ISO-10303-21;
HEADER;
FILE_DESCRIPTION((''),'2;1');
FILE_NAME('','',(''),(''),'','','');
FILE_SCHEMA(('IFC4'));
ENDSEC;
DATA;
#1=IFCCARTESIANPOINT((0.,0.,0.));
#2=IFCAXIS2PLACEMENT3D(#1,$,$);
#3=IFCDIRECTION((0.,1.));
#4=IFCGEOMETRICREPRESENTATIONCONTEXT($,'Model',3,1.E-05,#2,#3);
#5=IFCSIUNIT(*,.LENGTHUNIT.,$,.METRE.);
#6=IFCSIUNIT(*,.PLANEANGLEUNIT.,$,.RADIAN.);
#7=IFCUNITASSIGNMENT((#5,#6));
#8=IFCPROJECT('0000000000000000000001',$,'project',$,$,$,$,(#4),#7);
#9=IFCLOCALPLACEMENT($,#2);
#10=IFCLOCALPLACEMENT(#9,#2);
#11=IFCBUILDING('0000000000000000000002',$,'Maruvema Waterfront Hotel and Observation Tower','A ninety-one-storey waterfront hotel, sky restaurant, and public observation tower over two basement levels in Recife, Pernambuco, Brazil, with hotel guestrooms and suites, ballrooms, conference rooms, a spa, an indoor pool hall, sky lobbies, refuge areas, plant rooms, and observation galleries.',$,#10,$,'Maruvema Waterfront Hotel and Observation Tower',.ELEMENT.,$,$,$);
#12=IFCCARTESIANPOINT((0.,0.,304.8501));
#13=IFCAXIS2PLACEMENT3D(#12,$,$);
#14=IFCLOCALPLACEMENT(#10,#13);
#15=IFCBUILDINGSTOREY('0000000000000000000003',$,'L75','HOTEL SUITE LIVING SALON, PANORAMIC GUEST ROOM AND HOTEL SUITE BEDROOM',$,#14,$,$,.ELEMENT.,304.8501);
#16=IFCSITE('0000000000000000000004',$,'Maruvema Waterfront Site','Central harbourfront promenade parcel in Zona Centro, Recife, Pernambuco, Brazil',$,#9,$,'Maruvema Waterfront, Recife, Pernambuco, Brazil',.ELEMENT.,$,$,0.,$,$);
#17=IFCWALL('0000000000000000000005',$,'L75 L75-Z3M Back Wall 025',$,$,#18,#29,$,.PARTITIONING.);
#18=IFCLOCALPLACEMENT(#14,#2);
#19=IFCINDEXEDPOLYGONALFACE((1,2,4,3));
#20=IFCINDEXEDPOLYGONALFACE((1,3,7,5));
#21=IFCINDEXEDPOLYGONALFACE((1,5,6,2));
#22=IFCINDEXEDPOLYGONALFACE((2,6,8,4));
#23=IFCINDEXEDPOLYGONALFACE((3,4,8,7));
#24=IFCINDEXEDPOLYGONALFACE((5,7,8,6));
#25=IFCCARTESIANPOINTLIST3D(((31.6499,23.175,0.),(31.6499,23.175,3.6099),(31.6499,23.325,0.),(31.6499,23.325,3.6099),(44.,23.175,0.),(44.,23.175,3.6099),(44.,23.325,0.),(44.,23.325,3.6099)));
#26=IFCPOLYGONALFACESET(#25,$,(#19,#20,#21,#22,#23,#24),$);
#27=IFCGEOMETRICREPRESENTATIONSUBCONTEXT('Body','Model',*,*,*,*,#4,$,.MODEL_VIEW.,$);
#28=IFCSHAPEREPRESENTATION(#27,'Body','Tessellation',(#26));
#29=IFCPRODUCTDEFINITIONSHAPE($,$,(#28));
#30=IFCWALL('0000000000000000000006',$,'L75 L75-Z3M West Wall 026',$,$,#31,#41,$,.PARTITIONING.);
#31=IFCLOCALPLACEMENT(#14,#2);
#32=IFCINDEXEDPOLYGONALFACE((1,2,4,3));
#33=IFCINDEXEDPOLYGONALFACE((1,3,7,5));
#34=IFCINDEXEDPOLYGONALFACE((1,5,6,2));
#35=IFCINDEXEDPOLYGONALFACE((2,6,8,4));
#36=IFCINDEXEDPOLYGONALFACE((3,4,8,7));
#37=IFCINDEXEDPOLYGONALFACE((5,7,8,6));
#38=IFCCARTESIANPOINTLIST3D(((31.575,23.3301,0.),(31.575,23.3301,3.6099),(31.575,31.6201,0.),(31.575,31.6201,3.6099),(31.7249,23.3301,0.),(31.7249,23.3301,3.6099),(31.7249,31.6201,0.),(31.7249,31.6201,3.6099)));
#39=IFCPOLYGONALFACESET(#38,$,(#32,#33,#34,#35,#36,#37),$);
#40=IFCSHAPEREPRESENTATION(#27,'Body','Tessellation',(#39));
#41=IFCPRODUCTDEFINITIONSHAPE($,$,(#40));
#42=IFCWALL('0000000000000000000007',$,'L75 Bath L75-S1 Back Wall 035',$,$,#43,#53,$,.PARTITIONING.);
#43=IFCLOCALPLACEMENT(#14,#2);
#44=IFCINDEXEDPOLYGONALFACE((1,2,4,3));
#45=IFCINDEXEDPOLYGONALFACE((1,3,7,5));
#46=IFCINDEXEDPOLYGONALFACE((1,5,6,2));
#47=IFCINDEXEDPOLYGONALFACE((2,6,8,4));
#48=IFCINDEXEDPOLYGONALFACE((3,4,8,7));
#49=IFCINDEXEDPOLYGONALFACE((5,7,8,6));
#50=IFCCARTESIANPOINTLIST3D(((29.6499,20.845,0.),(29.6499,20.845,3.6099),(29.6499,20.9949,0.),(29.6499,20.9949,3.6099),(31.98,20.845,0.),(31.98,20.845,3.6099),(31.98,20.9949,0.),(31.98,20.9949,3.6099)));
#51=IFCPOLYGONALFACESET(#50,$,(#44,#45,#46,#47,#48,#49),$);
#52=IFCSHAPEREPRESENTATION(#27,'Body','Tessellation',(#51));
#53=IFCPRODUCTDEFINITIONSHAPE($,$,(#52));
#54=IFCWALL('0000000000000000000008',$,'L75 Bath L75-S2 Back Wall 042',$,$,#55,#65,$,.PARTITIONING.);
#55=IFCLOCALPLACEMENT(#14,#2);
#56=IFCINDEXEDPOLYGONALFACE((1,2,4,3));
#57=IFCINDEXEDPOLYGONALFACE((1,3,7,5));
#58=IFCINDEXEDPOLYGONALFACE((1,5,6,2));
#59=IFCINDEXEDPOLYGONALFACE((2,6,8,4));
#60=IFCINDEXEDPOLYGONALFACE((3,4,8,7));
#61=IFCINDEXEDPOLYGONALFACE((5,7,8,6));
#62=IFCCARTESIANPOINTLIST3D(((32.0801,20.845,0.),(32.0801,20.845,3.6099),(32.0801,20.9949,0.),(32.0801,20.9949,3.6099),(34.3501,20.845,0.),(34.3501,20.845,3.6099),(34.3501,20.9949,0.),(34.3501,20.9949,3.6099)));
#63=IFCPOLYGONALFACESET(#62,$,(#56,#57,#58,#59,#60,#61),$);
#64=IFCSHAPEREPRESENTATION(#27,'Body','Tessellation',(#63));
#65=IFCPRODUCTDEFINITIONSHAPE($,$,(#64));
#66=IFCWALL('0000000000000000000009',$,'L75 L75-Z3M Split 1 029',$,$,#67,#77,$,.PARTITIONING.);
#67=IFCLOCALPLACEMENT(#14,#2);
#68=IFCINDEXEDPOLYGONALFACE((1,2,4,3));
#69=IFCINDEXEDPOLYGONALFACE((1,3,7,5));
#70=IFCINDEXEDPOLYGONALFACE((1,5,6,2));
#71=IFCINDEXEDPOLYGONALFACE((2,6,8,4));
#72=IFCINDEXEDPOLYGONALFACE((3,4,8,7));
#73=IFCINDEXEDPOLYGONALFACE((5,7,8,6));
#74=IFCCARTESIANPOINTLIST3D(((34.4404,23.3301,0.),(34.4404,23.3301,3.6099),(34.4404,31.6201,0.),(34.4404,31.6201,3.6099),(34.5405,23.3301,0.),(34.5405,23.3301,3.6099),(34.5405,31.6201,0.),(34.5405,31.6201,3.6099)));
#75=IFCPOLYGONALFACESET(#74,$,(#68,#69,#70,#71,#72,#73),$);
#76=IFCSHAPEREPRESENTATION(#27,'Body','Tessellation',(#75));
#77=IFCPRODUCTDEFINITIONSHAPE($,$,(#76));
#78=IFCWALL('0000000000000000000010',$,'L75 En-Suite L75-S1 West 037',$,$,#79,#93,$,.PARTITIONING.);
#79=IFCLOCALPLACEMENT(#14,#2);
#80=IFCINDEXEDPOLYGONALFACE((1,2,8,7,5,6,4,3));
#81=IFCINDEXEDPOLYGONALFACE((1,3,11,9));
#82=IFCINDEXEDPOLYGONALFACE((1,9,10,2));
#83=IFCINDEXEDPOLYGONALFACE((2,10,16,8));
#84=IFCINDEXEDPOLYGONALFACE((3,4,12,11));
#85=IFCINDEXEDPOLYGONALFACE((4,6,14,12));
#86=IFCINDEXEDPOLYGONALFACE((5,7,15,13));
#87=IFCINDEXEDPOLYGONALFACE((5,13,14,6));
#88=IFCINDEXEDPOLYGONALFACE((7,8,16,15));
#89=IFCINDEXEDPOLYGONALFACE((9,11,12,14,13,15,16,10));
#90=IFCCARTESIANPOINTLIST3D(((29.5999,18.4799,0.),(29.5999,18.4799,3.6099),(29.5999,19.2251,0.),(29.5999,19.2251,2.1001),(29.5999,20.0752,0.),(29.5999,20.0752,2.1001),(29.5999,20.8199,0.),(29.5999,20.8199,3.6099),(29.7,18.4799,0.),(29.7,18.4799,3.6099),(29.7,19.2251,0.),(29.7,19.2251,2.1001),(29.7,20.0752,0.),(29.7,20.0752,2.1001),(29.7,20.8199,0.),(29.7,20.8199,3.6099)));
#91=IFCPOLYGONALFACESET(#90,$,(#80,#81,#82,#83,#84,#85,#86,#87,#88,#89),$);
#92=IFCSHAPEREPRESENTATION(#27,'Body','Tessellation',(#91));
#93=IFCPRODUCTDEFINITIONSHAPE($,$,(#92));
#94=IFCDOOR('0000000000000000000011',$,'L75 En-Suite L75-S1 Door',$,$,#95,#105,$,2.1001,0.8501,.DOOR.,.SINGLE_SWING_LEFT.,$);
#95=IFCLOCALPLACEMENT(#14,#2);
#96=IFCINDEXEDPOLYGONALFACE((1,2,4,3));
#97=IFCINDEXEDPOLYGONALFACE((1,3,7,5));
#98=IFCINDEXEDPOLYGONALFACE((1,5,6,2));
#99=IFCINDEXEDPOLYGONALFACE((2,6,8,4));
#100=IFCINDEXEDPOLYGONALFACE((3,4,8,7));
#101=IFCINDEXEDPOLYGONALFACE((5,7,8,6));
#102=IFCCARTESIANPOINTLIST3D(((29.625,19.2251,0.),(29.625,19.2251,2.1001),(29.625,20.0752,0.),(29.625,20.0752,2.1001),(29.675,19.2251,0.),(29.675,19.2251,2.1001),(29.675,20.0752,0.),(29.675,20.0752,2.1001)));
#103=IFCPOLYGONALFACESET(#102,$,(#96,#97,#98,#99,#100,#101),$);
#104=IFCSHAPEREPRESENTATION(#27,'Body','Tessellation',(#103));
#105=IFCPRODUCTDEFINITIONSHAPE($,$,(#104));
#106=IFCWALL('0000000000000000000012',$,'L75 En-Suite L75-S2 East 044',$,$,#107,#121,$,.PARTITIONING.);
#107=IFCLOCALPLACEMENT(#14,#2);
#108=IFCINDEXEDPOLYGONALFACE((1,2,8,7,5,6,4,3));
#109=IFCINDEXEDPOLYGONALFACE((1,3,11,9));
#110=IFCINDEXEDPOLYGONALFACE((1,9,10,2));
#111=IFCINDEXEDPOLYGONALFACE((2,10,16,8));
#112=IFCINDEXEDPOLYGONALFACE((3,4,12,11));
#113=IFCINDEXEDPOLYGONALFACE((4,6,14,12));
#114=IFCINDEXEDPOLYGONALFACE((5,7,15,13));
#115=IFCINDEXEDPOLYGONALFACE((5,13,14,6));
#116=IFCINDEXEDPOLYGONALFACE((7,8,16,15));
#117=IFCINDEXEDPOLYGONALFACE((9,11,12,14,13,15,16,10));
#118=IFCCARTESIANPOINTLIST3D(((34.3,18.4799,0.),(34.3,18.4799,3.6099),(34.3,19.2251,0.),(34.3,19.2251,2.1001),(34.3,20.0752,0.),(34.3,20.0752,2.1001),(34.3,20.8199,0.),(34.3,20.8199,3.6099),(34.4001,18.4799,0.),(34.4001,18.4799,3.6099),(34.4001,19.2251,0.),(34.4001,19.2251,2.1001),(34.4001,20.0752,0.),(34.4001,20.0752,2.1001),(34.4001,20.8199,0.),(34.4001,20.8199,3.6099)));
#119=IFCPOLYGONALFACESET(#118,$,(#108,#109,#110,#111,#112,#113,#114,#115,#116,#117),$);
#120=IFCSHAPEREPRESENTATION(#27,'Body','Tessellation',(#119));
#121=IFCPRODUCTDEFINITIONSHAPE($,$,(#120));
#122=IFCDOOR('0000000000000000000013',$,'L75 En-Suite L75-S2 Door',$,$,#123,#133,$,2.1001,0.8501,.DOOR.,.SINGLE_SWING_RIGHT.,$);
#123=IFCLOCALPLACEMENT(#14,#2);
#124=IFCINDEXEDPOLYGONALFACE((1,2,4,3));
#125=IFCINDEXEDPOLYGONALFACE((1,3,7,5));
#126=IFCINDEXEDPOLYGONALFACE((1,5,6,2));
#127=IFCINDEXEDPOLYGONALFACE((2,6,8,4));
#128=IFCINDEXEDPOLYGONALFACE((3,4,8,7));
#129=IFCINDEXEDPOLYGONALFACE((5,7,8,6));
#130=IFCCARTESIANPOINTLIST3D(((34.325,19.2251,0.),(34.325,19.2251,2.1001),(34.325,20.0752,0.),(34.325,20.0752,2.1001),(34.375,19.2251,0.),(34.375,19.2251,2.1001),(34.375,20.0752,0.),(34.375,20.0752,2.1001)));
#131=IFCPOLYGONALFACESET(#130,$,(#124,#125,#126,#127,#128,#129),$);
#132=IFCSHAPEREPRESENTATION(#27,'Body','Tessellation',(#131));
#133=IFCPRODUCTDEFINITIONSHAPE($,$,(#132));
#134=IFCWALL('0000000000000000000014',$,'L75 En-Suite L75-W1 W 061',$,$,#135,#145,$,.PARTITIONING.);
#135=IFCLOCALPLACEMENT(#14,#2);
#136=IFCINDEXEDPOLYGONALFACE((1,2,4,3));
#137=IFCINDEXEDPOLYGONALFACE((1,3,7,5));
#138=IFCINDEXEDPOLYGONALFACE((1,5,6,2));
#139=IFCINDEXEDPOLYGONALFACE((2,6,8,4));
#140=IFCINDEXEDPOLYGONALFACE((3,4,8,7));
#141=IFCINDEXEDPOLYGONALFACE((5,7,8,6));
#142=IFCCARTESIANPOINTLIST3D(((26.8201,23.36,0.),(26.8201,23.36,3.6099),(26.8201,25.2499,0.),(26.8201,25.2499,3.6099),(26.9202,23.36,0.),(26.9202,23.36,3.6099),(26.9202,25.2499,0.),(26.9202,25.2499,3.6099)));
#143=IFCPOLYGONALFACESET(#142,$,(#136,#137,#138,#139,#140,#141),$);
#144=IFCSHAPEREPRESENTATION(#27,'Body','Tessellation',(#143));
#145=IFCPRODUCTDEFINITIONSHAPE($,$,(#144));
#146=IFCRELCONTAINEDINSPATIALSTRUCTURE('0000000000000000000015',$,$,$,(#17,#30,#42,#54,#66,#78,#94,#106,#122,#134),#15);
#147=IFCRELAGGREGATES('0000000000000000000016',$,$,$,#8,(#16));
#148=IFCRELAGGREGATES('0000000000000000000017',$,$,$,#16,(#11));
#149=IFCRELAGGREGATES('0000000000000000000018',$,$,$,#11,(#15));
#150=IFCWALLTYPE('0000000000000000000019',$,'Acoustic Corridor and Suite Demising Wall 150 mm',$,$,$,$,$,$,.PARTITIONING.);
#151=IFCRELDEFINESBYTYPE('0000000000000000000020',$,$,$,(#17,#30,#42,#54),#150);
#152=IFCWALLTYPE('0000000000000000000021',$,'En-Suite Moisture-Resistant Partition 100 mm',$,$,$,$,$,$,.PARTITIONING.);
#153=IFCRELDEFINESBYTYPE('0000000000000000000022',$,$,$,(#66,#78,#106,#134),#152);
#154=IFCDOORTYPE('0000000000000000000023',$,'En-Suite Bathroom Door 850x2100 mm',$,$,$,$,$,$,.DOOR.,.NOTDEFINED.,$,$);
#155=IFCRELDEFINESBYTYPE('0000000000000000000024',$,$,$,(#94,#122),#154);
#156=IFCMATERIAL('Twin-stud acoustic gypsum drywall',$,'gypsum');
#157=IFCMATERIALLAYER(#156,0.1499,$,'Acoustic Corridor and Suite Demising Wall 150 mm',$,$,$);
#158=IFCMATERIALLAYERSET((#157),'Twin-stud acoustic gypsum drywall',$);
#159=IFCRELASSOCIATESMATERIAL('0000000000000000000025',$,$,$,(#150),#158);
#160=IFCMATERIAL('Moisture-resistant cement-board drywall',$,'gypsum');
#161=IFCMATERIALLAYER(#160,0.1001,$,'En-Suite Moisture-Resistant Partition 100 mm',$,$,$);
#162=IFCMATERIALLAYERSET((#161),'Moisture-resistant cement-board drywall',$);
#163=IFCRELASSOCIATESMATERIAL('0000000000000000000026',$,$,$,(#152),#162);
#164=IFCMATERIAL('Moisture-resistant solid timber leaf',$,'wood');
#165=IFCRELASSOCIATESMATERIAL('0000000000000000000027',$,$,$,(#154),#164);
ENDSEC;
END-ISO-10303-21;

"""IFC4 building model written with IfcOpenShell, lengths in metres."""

from ifc_helpers import new_model, si_unit, direction, frame, frame_2d, origin, place, context, subcontext, project, spatial, rectangle, extrude, material, layer, layer_set, type_object, element, fill, save


model = new_model("IFC4")

# Units and contexts
model_context = context("Model", 3, precision=1e-05, world=origin(), true_north=direction((0.0, 1.0)))
body_context = subcontext(model_context, "Body", "Model", "MODEL_VIEW")
ifc_project = project(units=[si_unit("LENGTHUNIT", "METRE"), si_unit("PLANEANGLEUNIT", "RADIAN")], contexts=[model_context])

# Site, building, storey
site_placement = place(None, origin())
site = spatial("IfcSite", under=ifc_project, at=site_placement, Name="Maruvema Waterfront Site", Description="Central harbourfront promenade parcel in Zona Centro, Recife, Pernambuco, Brazil", LongName="Maruvema Waterfront, Recife, Pernambuco, Brazil", CompositionType="ELEMENT", RefElevation=0.0)
building_placement = place(site_placement, origin())
building = spatial("IfcBuilding", under=site, at=building_placement, Name="Maruvema Waterfront Hotel and Observation Tower", Description="A ninety-one-storey waterfront hotel, sky restaurant, and public observation tower over two basement levels in Recife, Pernambuco, Brazil, with hotel guestrooms and suites, ballrooms, conference rooms, a spa, an indoor pool hall, sky lobbies, refuge areas, plant rooms, and observation galleries.", LongName="Maruvema Waterfront Hotel and Observation Tower", CompositionType="ELEMENT")
storey_placement = place(building_placement, frame((0.0, 0.0, 304.8501)))
storey = spatial("IfcBuildingStorey", under=building, at=storey_placement, Name="L75", Description="HOTEL SUITE LIVING SALON, PANORAMIC GUEST ROOM AND HOTEL SUITE BEDROOM", CompositionType="ELEMENT", Elevation=304.8501)

# Walls
ifc_material_1 = material(Name="Twin-stud acoustic gypsum drywall", Category="gypsum")
ifc_layer_1 = layer(ifc_material_1, 0.1499, Name="Acoustic Corridor and Suite Demising Wall 150 mm")
ifc_layer_set_1 = layer_set([ifc_layer_1], Name="Twin-stud acoustic gypsum drywall")
wall_type_1 = type_object("IfcWallType", Name="Acoustic Corridor and Suite Demising Wall 150 mm", PredefinedType="PARTITIONING", material=ifc_layer_set_1)
wall_1_placement = place(storey_placement, frame((31.6499, 23.25, 0.0), z_axis=(0.0, 0.0, 1.0), x_axis=(1.0, 0.0, 0.0)))
element("IfcWall", 1, at=wall_1_placement, inside=storey, type_object=wall_type_1, Name="L75 L75-Z3M Back Wall 025", PredefinedType="PARTITIONING", context=body_context, shape_type="SweptSolid", body=[
    extrude(rectangle(XDim=12.3501, YDim=0.1499, at=frame_2d((6.175, 0.0))), origin(), (0.0, 0.0, 1.0), 3.6099),
])
wall_2_placement = place(storey_placement, frame((31.6499, 23.3301, 0.0), z_axis=(0.0, 0.0, 1.0), x_axis=(0.0, 1.0, 0.0)))
element("IfcWall", 2, at=wall_2_placement, inside=storey, type_object=wall_type_1, Name="L75 L75-Z3M West Wall 026", PredefinedType="PARTITIONING", context=body_context, shape_type="SweptSolid", body=[
    extrude(rectangle(XDim=8.29, YDim=0.1499, at=frame_2d((4.145, 0.0))), origin(), (0.0, 0.0, 1.0), 3.6099),
])
wall_3_placement = place(storey_placement, frame((29.6499, 20.9199, 0.0), z_axis=(0.0, 0.0, 1.0), x_axis=(1.0, 0.0, 0.0)))
element("IfcWall", 3, at=wall_3_placement, inside=storey, type_object=wall_type_1, Name="L75 Bath L75-S1 Back Wall 035", PredefinedType="PARTITIONING", context=body_context, shape_type="SweptSolid", body=[
    extrude(rectangle(XDim=2.3301, YDim=0.1499, at=frame_2d((1.165, 0.0))), origin(), (0.0, 0.0, 1.0), 3.6099),
])

# Wall
wall_4_placement = place(storey_placement, frame((32.0801, 20.9199, 0.0), z_axis=(0.0, 0.0, 1.0), x_axis=(1.0, 0.0, 0.0)))
element("IfcWall", 4, at=wall_4_placement, inside=storey, type_object=wall_type_1, Name="L75 Bath L75-S2 Back Wall 042", PredefinedType="PARTITIONING", context=body_context, shape_type="SweptSolid", body=[
    extrude(rectangle(XDim=2.27, YDim=0.1499, at=frame_2d((1.135, 0.0))), origin(), (0.0, 0.0, 1.0), 3.6099),
])

# Wall
ifc_material_2 = material(Name="Moisture-resistant cement-board drywall", Category="gypsum")
ifc_layer_2 = layer(ifc_material_2, 0.1001, Name="En-Suite Moisture-Resistant Partition 100 mm")
ifc_layer_set_2 = layer_set([ifc_layer_2], Name="Moisture-resistant cement-board drywall")
wall_type_2 = type_object("IfcWallType", Name="En-Suite Moisture-Resistant Partition 100 mm", PredefinedType="PARTITIONING", material=ifc_layer_set_2)
wall_5_placement = place(storey_placement, frame((34.4905, 23.3301, 0.0), z_axis=(0.0, 0.0, 1.0), x_axis=(0.0, 1.0, 0.0)))
element("IfcWall", 5, at=wall_5_placement, inside=storey, type_object=wall_type_2, Name="L75 L75-Z3M Split 1 029", PredefinedType="PARTITIONING", context=body_context, shape_type="SweptSolid", body=[
    extrude(rectangle(XDim=8.29, YDim=0.1001, at=frame_2d((4.145, 0.0))), origin(), (0.0, 0.0, 1.0), 3.6099),
])

# Walls, openings, doors
wall_6_placement = place(storey_placement, frame((29.6499, 18.48, 0.0), z_axis=(0.0, 0.0, 1.0), x_axis=(0.0, 1.0, 0.0)))
wall_6 = element("IfcWall", 6, at=wall_6_placement, inside=storey, type_object=wall_type_2, Name="L75 En-Suite L75-S1 West 037", PredefinedType="PARTITIONING", context=body_context, shape_type="SweptSolid", body=[
    extrude(rectangle(XDim=2.3401, YDim=0.1001, at=frame_2d((1.1699, 0.0))), origin(), (0.0, 0.0, 1.0), 3.6099),
])
opening_1_placement = place(wall_6_placement, frame((0.7451, 0.0, 0.0)))
opening_1 = element("IfcOpeningElement", 7, at=opening_1_placement, cuts=wall_6, PredefinedType="OPENING", context=body_context, shape_type="SweptSolid", body=[
    extrude(rectangle(XDim=0.8501, YDim=2.1001, at=frame_2d((0.425, 1.05))), frame((0.0, 0.0601, 0.0), z_axis=(0.0, -1.0, 0.0), x_axis=(1.0, 0.0, 0.0)), (0.0, 0.0, 1.0), 0.1201),
])
ifc_material_3 = material(Name="Moisture-resistant solid timber leaf", Category="wood")
door_type_1 = type_object("IfcDoorType", Name="En-Suite Bathroom Door 850x2100 mm", OperationType="NOTDEFINED", PredefinedType="DOOR", material=ifc_material_3)
door_1_placement = place(opening_1_placement, origin())
door_1 = element("IfcDoor", 8, at=door_1_placement, inside=storey, type_object=door_type_1, Name="L75 En-Suite L75-S1 Door", OperationType="SINGLE_SWING_LEFT", OverallHeight=2.1001, OverallWidth=0.8501, PredefinedType="DOOR", context=body_context, shape_type="SweptSolid", body=[
    extrude(rectangle(XDim=0.8501, YDim=2.1001, at=frame_2d((0.425, 1.05))), frame((0.0, 0.0249, 0.0), z_axis=(0.0, -1.0, 0.0), x_axis=(1.0, 0.0, 0.0)), (0.0, 0.0, 1.0), 0.05),
])
fill(opening_1, door_1)
wall_7_placement = place(storey_placement, frame((34.3501, 18.48, 0.0), z_axis=(0.0, 0.0, 1.0), x_axis=(0.0, 1.0, 0.0)))
wall_7 = element("IfcWall", 9, at=wall_7_placement, inside=storey, type_object=wall_type_2, Name="L75 En-Suite L75-S2 East 044", PredefinedType="PARTITIONING", context=body_context, shape_type="SweptSolid", body=[
    extrude(rectangle(XDim=2.3401, YDim=0.1001, at=frame_2d((1.1699, 0.0))), origin(), (0.0, 0.0, 1.0), 3.6099),
])
opening_2_placement = place(wall_7_placement, frame((0.7451, 0.0, 0.0)))
opening_2 = element("IfcOpeningElement", 10, at=opening_2_placement, cuts=wall_7, PredefinedType="OPENING", context=body_context, shape_type="SweptSolid", body=[
    extrude(rectangle(XDim=0.8501, YDim=2.1001, at=frame_2d((0.425, 1.05))), frame((0.0, 0.0601, 0.0), z_axis=(0.0, -1.0, 0.0), x_axis=(1.0, 0.0, 0.0)), (0.0, 0.0, 1.0), 0.1201),
])
door_2_placement = place(opening_2_placement, frame((0.8501, 0.0, 0.0), z_axis=(0.0, 0.0, 1.0), x_axis=(-1.0, 0.0, 0.0)))
door_2 = element("IfcDoor", 11, at=door_2_placement, inside=storey, type_object=door_type_1, Name="L75 En-Suite L75-S2 Door", OperationType="SINGLE_SWING_RIGHT", OverallHeight=2.1001, OverallWidth=0.8501, PredefinedType="DOOR", context=body_context, shape_type="SweptSolid", body=[
    extrude(rectangle(XDim=0.8501, YDim=2.1001, at=frame_2d((0.425, 1.05))), frame((0.0, 0.0249, 0.0), z_axis=(0.0, -1.0, 0.0), x_axis=(1.0, 0.0, 0.0)), (0.0, 0.0, 1.0), 0.05),
])
fill(opening_2, door_2)

# Wall
wall_8_placement = place(storey_placement, frame((26.8701, 23.3601, 0.0), z_axis=(0.0, 0.0, 1.0), x_axis=(0.0, 1.0, 0.0)))
element("IfcWall", 12, at=wall_8_placement, inside=storey, type_object=wall_type_2, Name="L75 En-Suite L75-W1 W 061", PredefinedType="PARTITIONING", context=body_context, shape_type="SweptSolid", body=[
    extrude(rectangle(XDim=1.8899, YDim=0.1001, at=frame_2d((0.9448, 0.0))), origin(), (0.0, 0.0, 1.0), 3.6099),
])

save(model, "model.ifc")
